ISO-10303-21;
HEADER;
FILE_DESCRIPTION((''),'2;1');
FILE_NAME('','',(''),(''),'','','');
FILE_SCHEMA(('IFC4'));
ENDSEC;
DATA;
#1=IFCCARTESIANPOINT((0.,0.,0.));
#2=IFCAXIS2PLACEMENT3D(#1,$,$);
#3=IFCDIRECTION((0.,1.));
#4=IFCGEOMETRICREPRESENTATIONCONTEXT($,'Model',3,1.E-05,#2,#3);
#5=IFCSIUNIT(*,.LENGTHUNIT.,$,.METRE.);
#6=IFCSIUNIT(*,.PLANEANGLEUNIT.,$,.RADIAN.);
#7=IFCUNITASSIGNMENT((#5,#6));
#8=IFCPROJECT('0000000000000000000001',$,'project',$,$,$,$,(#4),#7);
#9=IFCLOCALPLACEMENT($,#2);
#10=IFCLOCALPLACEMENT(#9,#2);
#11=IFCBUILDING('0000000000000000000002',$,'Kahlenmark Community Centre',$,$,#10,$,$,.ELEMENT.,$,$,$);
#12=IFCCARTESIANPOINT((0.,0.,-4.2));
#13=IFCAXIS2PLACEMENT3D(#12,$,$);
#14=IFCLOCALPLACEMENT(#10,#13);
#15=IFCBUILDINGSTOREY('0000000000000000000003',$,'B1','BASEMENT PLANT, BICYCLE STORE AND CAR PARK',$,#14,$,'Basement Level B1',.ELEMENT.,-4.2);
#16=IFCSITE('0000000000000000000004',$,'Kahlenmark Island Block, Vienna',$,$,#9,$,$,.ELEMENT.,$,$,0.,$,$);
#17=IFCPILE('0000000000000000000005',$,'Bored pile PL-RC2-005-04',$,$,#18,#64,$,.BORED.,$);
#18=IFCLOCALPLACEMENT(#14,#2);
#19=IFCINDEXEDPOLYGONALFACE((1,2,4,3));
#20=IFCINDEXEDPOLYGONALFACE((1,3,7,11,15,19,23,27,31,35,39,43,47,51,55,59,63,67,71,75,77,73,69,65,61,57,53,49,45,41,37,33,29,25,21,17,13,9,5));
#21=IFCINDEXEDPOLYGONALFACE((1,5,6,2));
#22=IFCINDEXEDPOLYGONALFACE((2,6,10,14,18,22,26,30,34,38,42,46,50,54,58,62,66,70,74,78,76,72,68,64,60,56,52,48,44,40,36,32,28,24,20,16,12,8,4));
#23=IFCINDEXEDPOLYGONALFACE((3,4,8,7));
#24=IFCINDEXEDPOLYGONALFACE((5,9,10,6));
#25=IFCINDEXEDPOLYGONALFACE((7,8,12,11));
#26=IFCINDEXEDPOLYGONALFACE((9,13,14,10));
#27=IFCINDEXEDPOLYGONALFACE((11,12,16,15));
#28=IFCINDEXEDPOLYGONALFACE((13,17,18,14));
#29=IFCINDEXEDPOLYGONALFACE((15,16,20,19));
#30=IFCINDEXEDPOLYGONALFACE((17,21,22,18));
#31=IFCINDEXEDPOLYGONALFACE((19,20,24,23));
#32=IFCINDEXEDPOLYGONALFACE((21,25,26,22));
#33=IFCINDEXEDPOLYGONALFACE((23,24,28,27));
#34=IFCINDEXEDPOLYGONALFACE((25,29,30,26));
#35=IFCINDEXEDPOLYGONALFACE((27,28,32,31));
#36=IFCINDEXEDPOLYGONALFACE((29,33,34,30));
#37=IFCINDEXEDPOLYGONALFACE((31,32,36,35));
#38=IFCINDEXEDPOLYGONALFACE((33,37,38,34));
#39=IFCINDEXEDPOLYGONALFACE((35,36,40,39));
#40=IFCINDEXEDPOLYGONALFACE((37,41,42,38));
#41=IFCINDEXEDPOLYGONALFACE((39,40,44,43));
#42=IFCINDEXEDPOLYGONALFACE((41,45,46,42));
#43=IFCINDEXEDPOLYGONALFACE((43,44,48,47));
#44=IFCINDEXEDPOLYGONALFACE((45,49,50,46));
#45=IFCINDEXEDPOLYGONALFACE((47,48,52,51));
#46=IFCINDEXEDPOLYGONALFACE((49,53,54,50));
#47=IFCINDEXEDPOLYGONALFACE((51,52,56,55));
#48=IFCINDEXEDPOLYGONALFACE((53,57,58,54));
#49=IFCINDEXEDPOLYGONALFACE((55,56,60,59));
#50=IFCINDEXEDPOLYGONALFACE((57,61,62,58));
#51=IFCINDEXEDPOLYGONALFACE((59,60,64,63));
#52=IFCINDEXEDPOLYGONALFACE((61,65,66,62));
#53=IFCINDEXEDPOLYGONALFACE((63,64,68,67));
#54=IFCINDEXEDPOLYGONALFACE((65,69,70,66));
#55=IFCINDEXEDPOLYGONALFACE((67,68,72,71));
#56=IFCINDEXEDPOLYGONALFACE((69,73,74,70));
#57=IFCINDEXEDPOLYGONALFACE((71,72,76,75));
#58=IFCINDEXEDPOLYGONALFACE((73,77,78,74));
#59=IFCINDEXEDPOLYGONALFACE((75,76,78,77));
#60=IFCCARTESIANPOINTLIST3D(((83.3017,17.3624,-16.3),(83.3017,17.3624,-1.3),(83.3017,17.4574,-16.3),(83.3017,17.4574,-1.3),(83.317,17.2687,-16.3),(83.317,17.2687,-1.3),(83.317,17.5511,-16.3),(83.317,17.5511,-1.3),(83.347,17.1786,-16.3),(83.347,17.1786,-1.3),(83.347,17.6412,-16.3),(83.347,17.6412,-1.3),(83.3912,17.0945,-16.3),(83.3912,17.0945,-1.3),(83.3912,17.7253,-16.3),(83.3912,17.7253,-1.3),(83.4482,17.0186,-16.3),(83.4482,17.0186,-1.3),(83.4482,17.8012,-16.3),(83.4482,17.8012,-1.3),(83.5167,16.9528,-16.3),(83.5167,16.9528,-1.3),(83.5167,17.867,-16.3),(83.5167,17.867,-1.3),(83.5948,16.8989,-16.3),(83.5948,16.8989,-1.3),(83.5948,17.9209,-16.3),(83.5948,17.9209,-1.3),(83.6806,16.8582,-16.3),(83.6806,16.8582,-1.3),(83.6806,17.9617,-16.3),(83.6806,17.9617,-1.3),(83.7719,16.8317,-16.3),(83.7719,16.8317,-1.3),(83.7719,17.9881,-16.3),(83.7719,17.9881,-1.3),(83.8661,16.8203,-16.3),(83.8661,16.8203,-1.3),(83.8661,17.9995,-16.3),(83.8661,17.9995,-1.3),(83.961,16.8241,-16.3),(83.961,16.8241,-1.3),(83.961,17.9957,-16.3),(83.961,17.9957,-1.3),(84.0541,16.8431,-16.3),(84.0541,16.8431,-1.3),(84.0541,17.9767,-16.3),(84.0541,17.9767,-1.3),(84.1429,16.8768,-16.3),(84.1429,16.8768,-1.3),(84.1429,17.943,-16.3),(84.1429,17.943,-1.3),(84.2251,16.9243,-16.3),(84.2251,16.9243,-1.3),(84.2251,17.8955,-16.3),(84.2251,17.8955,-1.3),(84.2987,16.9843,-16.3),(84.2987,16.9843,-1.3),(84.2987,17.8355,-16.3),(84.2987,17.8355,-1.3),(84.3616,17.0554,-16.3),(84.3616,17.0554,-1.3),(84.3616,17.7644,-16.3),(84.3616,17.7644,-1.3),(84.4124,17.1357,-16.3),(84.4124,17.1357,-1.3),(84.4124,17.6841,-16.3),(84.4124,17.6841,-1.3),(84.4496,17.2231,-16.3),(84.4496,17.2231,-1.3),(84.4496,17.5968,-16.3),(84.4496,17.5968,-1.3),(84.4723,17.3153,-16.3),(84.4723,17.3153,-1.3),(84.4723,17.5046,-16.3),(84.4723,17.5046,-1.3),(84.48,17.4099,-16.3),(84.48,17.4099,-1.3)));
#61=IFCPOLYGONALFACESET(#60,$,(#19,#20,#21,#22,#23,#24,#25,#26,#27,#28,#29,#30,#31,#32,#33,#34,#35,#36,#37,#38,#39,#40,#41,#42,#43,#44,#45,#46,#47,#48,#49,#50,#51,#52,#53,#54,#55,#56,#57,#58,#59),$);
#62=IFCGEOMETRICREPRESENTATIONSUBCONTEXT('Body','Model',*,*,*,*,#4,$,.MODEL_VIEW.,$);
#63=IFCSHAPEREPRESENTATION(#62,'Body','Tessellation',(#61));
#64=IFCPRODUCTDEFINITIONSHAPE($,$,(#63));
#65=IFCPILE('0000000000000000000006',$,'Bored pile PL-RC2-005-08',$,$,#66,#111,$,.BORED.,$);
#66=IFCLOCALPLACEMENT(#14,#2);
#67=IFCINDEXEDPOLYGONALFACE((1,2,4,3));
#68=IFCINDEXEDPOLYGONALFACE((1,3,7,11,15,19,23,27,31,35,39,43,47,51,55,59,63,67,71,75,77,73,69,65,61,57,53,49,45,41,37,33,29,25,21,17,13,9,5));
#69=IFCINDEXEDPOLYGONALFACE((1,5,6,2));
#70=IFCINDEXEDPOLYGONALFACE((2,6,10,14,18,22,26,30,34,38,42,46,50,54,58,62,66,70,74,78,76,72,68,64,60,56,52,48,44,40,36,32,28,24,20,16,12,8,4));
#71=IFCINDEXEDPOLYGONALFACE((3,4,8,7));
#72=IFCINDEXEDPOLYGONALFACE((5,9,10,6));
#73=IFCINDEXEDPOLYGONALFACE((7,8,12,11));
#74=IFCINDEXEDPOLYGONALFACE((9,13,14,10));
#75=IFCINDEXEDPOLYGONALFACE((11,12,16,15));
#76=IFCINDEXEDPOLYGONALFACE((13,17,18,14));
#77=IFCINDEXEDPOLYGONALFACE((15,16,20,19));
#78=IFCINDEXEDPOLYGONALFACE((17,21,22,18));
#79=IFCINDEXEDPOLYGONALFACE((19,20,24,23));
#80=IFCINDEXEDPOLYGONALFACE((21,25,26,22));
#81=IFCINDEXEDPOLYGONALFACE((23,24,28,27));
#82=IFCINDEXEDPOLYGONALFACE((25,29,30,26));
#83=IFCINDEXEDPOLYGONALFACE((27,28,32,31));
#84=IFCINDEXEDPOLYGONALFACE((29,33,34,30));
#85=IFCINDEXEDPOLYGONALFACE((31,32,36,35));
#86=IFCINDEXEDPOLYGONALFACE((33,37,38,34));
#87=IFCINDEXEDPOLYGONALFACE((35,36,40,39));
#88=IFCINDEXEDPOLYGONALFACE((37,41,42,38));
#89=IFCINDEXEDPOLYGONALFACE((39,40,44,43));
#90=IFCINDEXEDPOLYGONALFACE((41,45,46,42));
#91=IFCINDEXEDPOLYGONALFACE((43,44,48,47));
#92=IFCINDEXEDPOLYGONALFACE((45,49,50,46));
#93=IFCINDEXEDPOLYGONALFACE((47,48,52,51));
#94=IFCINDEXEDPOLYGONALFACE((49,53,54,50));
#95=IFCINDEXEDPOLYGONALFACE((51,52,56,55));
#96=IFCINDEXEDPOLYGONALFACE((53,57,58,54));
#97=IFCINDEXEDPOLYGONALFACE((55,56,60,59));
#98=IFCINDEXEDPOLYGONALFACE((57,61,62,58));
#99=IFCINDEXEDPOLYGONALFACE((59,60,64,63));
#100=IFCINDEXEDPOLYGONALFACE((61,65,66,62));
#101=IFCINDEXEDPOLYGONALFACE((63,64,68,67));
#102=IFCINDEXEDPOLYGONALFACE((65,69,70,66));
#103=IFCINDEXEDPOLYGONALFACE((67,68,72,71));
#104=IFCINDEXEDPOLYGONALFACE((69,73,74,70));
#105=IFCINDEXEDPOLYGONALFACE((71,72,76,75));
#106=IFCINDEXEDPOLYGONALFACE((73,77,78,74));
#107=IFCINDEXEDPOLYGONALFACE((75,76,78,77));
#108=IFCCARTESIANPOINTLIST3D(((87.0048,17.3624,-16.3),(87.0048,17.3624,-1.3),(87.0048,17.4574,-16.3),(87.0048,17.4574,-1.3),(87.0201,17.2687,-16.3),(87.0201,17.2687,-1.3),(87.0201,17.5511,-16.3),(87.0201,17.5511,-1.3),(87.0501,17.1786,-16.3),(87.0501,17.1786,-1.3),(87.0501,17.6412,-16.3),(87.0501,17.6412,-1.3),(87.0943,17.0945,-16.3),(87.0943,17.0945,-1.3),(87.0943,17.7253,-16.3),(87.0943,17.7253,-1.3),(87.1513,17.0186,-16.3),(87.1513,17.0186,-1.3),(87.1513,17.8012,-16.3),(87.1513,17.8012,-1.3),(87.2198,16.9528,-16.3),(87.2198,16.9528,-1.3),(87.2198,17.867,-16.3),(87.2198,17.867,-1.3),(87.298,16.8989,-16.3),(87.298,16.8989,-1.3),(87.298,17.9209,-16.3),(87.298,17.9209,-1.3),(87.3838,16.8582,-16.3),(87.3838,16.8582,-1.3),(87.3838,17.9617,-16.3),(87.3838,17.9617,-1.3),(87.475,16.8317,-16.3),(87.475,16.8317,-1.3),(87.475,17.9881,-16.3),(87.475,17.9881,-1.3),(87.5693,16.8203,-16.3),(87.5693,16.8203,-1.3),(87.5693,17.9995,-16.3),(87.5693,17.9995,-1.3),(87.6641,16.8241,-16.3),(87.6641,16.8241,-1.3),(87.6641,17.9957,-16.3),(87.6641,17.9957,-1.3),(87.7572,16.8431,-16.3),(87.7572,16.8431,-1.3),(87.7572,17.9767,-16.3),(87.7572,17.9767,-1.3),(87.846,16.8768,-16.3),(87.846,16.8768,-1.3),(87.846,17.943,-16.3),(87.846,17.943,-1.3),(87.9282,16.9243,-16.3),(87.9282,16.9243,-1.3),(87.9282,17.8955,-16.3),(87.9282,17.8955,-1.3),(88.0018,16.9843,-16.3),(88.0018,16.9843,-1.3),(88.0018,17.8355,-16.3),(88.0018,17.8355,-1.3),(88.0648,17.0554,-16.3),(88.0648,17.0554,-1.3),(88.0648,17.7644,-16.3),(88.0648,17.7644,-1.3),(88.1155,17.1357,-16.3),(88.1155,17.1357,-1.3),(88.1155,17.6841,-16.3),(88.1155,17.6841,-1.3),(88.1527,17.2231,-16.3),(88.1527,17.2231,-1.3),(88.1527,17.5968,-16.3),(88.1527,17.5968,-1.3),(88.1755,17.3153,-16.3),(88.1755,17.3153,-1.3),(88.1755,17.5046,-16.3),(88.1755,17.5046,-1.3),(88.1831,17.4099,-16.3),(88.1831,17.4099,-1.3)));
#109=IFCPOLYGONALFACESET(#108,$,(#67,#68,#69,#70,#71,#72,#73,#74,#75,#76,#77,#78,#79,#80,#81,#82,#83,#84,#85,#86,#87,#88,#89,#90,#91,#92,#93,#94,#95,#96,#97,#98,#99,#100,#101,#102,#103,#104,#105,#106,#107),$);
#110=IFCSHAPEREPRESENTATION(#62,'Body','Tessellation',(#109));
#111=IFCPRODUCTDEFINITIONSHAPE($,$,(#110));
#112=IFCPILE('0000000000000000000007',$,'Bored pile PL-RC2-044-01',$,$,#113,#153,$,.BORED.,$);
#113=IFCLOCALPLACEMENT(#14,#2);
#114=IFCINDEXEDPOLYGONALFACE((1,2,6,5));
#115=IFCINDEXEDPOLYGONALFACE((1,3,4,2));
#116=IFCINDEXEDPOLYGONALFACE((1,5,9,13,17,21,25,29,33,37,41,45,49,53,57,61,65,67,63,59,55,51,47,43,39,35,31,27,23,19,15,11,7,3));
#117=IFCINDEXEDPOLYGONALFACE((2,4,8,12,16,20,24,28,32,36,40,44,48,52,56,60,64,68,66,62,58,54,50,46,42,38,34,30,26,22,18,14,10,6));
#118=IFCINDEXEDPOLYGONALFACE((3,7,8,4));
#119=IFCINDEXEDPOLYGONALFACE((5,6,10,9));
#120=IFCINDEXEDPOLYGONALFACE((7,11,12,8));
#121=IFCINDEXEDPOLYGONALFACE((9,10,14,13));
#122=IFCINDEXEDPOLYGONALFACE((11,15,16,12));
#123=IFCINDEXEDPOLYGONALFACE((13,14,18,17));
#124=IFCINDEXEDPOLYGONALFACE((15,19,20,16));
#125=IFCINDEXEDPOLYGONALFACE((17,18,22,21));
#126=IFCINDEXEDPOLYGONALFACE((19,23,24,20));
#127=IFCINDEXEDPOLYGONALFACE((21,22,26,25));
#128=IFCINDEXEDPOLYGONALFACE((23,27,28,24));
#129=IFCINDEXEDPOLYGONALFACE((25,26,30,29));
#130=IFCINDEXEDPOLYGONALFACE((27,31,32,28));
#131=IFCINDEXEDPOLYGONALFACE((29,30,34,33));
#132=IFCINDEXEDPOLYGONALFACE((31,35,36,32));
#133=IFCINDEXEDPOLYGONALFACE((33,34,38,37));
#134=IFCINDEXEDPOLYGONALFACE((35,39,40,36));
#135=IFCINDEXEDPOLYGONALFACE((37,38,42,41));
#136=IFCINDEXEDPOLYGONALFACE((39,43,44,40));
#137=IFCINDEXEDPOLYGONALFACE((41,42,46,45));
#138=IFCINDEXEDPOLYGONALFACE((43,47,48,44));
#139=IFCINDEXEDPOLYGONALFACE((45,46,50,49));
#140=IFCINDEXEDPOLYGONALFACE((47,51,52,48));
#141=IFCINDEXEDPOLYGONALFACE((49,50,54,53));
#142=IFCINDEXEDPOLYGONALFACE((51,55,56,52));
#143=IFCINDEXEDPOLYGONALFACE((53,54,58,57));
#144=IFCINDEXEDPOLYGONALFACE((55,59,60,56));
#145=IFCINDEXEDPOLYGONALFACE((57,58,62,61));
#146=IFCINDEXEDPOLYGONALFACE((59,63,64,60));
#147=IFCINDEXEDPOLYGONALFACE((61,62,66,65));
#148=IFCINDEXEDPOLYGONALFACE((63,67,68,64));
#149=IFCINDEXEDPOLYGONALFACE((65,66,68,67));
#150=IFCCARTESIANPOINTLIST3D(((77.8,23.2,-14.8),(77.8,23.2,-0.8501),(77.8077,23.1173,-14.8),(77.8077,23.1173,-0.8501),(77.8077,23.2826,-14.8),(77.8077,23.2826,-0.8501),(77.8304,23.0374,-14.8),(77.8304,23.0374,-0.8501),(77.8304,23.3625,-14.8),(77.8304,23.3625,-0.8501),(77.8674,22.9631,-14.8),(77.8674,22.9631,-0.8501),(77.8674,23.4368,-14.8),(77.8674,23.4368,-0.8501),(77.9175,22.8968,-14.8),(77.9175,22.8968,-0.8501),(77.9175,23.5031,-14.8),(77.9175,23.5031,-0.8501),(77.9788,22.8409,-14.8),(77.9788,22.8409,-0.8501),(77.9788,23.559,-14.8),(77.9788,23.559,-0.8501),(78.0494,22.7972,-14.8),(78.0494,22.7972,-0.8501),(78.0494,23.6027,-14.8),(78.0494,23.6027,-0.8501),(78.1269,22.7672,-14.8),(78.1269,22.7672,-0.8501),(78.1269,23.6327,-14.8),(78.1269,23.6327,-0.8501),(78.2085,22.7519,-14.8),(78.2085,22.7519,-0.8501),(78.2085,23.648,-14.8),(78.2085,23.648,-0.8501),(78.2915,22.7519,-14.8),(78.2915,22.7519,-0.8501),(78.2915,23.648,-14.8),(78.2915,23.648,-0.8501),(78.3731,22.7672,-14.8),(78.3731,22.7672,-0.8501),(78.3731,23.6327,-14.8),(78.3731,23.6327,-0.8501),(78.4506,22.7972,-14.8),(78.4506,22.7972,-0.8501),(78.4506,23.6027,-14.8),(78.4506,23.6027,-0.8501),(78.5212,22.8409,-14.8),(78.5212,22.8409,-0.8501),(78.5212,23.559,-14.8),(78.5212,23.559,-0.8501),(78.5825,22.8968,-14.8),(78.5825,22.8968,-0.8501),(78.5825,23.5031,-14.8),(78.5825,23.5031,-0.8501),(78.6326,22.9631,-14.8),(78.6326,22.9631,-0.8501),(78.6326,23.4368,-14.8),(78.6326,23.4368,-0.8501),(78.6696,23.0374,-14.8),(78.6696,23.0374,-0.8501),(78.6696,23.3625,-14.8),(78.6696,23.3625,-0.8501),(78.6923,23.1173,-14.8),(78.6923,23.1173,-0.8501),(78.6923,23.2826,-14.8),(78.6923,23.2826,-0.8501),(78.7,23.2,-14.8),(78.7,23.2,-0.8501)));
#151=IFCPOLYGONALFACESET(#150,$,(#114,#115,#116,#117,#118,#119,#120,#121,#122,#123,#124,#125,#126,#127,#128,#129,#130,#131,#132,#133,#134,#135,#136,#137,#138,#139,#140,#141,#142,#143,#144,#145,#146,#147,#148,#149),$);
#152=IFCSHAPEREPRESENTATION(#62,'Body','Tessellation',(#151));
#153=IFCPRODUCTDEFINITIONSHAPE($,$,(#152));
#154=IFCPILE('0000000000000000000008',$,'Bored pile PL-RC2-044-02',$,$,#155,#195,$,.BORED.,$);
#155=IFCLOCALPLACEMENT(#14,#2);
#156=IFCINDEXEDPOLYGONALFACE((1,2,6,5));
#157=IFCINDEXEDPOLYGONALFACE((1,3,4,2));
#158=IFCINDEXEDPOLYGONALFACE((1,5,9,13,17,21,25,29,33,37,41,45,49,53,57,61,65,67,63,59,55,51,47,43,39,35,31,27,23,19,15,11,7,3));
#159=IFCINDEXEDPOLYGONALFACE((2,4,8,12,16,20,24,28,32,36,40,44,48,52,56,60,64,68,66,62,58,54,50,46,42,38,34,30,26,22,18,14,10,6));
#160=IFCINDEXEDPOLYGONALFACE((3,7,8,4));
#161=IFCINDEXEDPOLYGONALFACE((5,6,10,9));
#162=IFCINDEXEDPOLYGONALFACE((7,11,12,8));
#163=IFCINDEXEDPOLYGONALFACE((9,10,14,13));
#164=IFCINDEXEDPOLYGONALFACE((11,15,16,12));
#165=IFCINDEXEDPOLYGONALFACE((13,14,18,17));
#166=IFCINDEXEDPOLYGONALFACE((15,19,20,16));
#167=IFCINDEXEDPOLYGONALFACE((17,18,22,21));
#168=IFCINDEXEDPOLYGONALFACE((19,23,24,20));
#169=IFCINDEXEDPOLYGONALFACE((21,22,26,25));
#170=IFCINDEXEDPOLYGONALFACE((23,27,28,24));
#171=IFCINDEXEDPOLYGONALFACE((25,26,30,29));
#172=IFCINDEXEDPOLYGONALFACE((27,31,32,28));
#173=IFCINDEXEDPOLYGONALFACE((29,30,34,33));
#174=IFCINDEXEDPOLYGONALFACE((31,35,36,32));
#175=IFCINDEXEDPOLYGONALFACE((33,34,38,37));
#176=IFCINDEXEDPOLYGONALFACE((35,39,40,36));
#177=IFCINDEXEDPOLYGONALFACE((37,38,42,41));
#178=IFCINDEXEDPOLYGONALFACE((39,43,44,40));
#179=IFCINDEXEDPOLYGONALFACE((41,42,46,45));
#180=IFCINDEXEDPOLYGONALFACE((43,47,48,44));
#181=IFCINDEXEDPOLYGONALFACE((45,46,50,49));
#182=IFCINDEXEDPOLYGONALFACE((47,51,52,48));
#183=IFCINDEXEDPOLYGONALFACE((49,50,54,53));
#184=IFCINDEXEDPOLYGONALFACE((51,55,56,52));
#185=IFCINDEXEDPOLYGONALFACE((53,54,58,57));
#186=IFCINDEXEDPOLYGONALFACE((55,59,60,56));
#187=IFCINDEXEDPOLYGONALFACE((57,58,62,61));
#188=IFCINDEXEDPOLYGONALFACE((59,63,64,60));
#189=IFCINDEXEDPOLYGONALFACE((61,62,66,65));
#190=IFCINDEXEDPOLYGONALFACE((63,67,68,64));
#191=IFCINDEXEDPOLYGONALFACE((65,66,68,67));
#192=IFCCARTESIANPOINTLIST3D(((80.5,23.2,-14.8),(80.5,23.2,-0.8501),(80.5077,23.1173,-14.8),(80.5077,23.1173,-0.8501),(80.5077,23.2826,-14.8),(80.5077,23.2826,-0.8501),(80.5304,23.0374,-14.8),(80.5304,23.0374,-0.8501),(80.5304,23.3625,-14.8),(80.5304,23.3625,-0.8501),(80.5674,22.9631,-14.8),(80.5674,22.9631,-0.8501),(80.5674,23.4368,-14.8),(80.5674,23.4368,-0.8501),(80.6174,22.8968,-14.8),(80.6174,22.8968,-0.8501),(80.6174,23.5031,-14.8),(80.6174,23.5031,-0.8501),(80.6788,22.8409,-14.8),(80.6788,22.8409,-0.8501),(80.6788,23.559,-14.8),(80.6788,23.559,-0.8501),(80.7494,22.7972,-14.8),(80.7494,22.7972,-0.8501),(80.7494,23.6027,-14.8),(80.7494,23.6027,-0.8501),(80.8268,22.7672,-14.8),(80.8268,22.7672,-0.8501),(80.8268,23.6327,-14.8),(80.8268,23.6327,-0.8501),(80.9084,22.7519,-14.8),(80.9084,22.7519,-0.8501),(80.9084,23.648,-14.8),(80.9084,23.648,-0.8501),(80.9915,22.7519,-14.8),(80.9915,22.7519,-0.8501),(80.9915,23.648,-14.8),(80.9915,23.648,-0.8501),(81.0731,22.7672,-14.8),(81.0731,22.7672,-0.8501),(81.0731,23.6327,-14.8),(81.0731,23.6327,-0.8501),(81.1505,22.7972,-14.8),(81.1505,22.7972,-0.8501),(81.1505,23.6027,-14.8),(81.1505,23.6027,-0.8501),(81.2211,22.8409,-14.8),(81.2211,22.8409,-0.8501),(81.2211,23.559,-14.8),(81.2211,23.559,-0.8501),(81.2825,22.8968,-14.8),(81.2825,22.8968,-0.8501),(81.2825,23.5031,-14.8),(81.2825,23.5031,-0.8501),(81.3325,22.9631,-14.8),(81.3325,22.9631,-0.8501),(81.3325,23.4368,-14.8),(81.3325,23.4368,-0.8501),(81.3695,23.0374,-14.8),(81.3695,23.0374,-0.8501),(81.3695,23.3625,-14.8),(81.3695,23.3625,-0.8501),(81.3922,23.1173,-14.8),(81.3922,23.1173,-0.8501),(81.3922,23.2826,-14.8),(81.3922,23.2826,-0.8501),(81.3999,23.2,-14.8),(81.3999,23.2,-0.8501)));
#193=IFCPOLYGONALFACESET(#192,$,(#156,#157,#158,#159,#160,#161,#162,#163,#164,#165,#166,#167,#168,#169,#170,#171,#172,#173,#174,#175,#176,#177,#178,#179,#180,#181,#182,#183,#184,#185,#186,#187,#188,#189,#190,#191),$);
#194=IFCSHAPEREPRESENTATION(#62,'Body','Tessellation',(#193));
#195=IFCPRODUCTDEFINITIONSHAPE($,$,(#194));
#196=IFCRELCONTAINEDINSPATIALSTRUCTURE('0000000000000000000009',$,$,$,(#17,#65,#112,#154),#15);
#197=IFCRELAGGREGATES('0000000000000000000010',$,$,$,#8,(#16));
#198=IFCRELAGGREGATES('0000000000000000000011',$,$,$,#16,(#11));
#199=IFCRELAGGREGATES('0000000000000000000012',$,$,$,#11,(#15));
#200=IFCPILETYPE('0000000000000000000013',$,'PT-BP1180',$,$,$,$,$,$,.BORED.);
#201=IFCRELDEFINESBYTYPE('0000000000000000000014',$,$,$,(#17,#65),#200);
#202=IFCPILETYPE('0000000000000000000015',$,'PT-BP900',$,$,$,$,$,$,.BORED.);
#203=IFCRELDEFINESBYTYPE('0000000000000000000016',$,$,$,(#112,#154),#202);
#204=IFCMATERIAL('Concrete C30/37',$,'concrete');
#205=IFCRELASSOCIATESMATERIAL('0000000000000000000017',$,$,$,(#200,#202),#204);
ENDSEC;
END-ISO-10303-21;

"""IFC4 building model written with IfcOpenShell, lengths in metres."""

from ifc_helpers import new_model, si_unit, direction, frame, origin, origin_2d, place, context, subcontext, project, spatial, circle, extrude, material, material_profile, profile_set, type_object, element, save


model = new_model("IFC4")

# Units and contexts
model_context = context("Model", 3, precision=1e-05, world=origin(), true_north=direction((0.0, 1.0)))
body_context = subcontext(model_context, "Body", "Model", "MODEL_VIEW")
ifc_project = project(units=[si_unit("LENGTHUNIT", "METRE"), si_unit("PLANEANGLEUNIT", "RADIAN")], contexts=[model_context])

# Site, building, storey
site_placement = place(None, origin())
site = spatial("IfcSite", under=ifc_project, at=site_placement, Name="Kahlenmark Island Block, Vienna", CompositionType="ELEMENT", RefElevation=0.0)
building_placement = place(site_placement, origin())
building = spatial("IfcBuilding", under=site, at=building_placement, Name="Kahlenmark Community Centre", CompositionType="ELEMENT")
storey_placement = place(building_placement, frame((0.0, 0.0, -4.2)))
storey = spatial("IfcBuildingStorey", under=building, at=storey_placement, Name="B1", Description="BASEMENT PLANT, BICYCLE STORE AND CAR PARK", LongName="Basement Level B1", CompositionType="ELEMENT", Elevation=-4.2)

# Shared definitions
ifc_material_1 = material(Name="Concrete C30/37", Category="concrete")

# Piles
ifc_material_profile_1 = material_profile(ifc_material_1, circle(Radius=0.5901, at=origin_2d()), Name="BORED PILE 1180")
ifc_profile_set_1 = profile_set([ifc_material_profile_1], Name="Concrete C30/37")
pile_type_1 = type_object("IfcPileType", Name="PT-BP1180", PredefinedType="BORED", material=ifc_profile_set_1)
for number, where, z_axis, x_axis, name in (
    (1, (83.8899, 17.4099, -1.3), (0.0, 0.0, -1.0), (1.0, 0.0, 0.0), "Bored pile PL-RC2-005-04"),
    (2, (87.593, 17.4099, -1.3), (0.0, 0.0, -1.0), (1.0, 0.0, 0.0), "Bored pile PL-RC2-005-08"),
):
    element("IfcPile", number, at=place(storey_placement, frame(where, z_axis=z_axis, x_axis=x_axis)), inside=storey, type_object=pile_type_1, Name=name, PredefinedType="BORED", context=body_context, shape_type="SweptSolid", body=[
        extrude(circle(Radius=0.5901, at=origin_2d()), origin(), (0.0, 0.0, 1.0), 15.0),
    ])
ifc_material_profile_2 = material_profile(ifc_material_1, circle(Radius=0.45, at=origin_2d()), Name="BORED PILE 900")
ifc_profile_set_2 = profile_set([ifc_material_profile_2], Name="Concrete C30/37")
pile_type_2 = type_object("IfcPileType", Name="PT-BP900", PredefinedType="BORED", material=ifc_profile_set_2)
for number, where, z_axis, x_axis, name in (
    (3, (78.25, 23.2, -0.8501), (0.0, 0.0, -1.0), (1.0, 0.0, 0.0), "Bored pile PL-RC2-044-01"),
    (4, (80.95, 23.2, -0.8501), (0.0, 0.0, -1.0), (1.0, 0.0, 0.0), "Bored pile PL-RC2-044-02"),
):
    element("IfcPile", number, at=place(storey_placement, frame(where, z_axis=z_axis, x_axis=x_axis)), inside=storey, type_object=pile_type_2, Name=name, PredefinedType="BORED", context=body_context, shape_type="SweptSolid", body=[
        extrude(circle(Radius=0.45, at=origin_2d()), origin(), (0.0, 0.0, 1.0), 13.95),
    ])

save(model, "model.ifc")
